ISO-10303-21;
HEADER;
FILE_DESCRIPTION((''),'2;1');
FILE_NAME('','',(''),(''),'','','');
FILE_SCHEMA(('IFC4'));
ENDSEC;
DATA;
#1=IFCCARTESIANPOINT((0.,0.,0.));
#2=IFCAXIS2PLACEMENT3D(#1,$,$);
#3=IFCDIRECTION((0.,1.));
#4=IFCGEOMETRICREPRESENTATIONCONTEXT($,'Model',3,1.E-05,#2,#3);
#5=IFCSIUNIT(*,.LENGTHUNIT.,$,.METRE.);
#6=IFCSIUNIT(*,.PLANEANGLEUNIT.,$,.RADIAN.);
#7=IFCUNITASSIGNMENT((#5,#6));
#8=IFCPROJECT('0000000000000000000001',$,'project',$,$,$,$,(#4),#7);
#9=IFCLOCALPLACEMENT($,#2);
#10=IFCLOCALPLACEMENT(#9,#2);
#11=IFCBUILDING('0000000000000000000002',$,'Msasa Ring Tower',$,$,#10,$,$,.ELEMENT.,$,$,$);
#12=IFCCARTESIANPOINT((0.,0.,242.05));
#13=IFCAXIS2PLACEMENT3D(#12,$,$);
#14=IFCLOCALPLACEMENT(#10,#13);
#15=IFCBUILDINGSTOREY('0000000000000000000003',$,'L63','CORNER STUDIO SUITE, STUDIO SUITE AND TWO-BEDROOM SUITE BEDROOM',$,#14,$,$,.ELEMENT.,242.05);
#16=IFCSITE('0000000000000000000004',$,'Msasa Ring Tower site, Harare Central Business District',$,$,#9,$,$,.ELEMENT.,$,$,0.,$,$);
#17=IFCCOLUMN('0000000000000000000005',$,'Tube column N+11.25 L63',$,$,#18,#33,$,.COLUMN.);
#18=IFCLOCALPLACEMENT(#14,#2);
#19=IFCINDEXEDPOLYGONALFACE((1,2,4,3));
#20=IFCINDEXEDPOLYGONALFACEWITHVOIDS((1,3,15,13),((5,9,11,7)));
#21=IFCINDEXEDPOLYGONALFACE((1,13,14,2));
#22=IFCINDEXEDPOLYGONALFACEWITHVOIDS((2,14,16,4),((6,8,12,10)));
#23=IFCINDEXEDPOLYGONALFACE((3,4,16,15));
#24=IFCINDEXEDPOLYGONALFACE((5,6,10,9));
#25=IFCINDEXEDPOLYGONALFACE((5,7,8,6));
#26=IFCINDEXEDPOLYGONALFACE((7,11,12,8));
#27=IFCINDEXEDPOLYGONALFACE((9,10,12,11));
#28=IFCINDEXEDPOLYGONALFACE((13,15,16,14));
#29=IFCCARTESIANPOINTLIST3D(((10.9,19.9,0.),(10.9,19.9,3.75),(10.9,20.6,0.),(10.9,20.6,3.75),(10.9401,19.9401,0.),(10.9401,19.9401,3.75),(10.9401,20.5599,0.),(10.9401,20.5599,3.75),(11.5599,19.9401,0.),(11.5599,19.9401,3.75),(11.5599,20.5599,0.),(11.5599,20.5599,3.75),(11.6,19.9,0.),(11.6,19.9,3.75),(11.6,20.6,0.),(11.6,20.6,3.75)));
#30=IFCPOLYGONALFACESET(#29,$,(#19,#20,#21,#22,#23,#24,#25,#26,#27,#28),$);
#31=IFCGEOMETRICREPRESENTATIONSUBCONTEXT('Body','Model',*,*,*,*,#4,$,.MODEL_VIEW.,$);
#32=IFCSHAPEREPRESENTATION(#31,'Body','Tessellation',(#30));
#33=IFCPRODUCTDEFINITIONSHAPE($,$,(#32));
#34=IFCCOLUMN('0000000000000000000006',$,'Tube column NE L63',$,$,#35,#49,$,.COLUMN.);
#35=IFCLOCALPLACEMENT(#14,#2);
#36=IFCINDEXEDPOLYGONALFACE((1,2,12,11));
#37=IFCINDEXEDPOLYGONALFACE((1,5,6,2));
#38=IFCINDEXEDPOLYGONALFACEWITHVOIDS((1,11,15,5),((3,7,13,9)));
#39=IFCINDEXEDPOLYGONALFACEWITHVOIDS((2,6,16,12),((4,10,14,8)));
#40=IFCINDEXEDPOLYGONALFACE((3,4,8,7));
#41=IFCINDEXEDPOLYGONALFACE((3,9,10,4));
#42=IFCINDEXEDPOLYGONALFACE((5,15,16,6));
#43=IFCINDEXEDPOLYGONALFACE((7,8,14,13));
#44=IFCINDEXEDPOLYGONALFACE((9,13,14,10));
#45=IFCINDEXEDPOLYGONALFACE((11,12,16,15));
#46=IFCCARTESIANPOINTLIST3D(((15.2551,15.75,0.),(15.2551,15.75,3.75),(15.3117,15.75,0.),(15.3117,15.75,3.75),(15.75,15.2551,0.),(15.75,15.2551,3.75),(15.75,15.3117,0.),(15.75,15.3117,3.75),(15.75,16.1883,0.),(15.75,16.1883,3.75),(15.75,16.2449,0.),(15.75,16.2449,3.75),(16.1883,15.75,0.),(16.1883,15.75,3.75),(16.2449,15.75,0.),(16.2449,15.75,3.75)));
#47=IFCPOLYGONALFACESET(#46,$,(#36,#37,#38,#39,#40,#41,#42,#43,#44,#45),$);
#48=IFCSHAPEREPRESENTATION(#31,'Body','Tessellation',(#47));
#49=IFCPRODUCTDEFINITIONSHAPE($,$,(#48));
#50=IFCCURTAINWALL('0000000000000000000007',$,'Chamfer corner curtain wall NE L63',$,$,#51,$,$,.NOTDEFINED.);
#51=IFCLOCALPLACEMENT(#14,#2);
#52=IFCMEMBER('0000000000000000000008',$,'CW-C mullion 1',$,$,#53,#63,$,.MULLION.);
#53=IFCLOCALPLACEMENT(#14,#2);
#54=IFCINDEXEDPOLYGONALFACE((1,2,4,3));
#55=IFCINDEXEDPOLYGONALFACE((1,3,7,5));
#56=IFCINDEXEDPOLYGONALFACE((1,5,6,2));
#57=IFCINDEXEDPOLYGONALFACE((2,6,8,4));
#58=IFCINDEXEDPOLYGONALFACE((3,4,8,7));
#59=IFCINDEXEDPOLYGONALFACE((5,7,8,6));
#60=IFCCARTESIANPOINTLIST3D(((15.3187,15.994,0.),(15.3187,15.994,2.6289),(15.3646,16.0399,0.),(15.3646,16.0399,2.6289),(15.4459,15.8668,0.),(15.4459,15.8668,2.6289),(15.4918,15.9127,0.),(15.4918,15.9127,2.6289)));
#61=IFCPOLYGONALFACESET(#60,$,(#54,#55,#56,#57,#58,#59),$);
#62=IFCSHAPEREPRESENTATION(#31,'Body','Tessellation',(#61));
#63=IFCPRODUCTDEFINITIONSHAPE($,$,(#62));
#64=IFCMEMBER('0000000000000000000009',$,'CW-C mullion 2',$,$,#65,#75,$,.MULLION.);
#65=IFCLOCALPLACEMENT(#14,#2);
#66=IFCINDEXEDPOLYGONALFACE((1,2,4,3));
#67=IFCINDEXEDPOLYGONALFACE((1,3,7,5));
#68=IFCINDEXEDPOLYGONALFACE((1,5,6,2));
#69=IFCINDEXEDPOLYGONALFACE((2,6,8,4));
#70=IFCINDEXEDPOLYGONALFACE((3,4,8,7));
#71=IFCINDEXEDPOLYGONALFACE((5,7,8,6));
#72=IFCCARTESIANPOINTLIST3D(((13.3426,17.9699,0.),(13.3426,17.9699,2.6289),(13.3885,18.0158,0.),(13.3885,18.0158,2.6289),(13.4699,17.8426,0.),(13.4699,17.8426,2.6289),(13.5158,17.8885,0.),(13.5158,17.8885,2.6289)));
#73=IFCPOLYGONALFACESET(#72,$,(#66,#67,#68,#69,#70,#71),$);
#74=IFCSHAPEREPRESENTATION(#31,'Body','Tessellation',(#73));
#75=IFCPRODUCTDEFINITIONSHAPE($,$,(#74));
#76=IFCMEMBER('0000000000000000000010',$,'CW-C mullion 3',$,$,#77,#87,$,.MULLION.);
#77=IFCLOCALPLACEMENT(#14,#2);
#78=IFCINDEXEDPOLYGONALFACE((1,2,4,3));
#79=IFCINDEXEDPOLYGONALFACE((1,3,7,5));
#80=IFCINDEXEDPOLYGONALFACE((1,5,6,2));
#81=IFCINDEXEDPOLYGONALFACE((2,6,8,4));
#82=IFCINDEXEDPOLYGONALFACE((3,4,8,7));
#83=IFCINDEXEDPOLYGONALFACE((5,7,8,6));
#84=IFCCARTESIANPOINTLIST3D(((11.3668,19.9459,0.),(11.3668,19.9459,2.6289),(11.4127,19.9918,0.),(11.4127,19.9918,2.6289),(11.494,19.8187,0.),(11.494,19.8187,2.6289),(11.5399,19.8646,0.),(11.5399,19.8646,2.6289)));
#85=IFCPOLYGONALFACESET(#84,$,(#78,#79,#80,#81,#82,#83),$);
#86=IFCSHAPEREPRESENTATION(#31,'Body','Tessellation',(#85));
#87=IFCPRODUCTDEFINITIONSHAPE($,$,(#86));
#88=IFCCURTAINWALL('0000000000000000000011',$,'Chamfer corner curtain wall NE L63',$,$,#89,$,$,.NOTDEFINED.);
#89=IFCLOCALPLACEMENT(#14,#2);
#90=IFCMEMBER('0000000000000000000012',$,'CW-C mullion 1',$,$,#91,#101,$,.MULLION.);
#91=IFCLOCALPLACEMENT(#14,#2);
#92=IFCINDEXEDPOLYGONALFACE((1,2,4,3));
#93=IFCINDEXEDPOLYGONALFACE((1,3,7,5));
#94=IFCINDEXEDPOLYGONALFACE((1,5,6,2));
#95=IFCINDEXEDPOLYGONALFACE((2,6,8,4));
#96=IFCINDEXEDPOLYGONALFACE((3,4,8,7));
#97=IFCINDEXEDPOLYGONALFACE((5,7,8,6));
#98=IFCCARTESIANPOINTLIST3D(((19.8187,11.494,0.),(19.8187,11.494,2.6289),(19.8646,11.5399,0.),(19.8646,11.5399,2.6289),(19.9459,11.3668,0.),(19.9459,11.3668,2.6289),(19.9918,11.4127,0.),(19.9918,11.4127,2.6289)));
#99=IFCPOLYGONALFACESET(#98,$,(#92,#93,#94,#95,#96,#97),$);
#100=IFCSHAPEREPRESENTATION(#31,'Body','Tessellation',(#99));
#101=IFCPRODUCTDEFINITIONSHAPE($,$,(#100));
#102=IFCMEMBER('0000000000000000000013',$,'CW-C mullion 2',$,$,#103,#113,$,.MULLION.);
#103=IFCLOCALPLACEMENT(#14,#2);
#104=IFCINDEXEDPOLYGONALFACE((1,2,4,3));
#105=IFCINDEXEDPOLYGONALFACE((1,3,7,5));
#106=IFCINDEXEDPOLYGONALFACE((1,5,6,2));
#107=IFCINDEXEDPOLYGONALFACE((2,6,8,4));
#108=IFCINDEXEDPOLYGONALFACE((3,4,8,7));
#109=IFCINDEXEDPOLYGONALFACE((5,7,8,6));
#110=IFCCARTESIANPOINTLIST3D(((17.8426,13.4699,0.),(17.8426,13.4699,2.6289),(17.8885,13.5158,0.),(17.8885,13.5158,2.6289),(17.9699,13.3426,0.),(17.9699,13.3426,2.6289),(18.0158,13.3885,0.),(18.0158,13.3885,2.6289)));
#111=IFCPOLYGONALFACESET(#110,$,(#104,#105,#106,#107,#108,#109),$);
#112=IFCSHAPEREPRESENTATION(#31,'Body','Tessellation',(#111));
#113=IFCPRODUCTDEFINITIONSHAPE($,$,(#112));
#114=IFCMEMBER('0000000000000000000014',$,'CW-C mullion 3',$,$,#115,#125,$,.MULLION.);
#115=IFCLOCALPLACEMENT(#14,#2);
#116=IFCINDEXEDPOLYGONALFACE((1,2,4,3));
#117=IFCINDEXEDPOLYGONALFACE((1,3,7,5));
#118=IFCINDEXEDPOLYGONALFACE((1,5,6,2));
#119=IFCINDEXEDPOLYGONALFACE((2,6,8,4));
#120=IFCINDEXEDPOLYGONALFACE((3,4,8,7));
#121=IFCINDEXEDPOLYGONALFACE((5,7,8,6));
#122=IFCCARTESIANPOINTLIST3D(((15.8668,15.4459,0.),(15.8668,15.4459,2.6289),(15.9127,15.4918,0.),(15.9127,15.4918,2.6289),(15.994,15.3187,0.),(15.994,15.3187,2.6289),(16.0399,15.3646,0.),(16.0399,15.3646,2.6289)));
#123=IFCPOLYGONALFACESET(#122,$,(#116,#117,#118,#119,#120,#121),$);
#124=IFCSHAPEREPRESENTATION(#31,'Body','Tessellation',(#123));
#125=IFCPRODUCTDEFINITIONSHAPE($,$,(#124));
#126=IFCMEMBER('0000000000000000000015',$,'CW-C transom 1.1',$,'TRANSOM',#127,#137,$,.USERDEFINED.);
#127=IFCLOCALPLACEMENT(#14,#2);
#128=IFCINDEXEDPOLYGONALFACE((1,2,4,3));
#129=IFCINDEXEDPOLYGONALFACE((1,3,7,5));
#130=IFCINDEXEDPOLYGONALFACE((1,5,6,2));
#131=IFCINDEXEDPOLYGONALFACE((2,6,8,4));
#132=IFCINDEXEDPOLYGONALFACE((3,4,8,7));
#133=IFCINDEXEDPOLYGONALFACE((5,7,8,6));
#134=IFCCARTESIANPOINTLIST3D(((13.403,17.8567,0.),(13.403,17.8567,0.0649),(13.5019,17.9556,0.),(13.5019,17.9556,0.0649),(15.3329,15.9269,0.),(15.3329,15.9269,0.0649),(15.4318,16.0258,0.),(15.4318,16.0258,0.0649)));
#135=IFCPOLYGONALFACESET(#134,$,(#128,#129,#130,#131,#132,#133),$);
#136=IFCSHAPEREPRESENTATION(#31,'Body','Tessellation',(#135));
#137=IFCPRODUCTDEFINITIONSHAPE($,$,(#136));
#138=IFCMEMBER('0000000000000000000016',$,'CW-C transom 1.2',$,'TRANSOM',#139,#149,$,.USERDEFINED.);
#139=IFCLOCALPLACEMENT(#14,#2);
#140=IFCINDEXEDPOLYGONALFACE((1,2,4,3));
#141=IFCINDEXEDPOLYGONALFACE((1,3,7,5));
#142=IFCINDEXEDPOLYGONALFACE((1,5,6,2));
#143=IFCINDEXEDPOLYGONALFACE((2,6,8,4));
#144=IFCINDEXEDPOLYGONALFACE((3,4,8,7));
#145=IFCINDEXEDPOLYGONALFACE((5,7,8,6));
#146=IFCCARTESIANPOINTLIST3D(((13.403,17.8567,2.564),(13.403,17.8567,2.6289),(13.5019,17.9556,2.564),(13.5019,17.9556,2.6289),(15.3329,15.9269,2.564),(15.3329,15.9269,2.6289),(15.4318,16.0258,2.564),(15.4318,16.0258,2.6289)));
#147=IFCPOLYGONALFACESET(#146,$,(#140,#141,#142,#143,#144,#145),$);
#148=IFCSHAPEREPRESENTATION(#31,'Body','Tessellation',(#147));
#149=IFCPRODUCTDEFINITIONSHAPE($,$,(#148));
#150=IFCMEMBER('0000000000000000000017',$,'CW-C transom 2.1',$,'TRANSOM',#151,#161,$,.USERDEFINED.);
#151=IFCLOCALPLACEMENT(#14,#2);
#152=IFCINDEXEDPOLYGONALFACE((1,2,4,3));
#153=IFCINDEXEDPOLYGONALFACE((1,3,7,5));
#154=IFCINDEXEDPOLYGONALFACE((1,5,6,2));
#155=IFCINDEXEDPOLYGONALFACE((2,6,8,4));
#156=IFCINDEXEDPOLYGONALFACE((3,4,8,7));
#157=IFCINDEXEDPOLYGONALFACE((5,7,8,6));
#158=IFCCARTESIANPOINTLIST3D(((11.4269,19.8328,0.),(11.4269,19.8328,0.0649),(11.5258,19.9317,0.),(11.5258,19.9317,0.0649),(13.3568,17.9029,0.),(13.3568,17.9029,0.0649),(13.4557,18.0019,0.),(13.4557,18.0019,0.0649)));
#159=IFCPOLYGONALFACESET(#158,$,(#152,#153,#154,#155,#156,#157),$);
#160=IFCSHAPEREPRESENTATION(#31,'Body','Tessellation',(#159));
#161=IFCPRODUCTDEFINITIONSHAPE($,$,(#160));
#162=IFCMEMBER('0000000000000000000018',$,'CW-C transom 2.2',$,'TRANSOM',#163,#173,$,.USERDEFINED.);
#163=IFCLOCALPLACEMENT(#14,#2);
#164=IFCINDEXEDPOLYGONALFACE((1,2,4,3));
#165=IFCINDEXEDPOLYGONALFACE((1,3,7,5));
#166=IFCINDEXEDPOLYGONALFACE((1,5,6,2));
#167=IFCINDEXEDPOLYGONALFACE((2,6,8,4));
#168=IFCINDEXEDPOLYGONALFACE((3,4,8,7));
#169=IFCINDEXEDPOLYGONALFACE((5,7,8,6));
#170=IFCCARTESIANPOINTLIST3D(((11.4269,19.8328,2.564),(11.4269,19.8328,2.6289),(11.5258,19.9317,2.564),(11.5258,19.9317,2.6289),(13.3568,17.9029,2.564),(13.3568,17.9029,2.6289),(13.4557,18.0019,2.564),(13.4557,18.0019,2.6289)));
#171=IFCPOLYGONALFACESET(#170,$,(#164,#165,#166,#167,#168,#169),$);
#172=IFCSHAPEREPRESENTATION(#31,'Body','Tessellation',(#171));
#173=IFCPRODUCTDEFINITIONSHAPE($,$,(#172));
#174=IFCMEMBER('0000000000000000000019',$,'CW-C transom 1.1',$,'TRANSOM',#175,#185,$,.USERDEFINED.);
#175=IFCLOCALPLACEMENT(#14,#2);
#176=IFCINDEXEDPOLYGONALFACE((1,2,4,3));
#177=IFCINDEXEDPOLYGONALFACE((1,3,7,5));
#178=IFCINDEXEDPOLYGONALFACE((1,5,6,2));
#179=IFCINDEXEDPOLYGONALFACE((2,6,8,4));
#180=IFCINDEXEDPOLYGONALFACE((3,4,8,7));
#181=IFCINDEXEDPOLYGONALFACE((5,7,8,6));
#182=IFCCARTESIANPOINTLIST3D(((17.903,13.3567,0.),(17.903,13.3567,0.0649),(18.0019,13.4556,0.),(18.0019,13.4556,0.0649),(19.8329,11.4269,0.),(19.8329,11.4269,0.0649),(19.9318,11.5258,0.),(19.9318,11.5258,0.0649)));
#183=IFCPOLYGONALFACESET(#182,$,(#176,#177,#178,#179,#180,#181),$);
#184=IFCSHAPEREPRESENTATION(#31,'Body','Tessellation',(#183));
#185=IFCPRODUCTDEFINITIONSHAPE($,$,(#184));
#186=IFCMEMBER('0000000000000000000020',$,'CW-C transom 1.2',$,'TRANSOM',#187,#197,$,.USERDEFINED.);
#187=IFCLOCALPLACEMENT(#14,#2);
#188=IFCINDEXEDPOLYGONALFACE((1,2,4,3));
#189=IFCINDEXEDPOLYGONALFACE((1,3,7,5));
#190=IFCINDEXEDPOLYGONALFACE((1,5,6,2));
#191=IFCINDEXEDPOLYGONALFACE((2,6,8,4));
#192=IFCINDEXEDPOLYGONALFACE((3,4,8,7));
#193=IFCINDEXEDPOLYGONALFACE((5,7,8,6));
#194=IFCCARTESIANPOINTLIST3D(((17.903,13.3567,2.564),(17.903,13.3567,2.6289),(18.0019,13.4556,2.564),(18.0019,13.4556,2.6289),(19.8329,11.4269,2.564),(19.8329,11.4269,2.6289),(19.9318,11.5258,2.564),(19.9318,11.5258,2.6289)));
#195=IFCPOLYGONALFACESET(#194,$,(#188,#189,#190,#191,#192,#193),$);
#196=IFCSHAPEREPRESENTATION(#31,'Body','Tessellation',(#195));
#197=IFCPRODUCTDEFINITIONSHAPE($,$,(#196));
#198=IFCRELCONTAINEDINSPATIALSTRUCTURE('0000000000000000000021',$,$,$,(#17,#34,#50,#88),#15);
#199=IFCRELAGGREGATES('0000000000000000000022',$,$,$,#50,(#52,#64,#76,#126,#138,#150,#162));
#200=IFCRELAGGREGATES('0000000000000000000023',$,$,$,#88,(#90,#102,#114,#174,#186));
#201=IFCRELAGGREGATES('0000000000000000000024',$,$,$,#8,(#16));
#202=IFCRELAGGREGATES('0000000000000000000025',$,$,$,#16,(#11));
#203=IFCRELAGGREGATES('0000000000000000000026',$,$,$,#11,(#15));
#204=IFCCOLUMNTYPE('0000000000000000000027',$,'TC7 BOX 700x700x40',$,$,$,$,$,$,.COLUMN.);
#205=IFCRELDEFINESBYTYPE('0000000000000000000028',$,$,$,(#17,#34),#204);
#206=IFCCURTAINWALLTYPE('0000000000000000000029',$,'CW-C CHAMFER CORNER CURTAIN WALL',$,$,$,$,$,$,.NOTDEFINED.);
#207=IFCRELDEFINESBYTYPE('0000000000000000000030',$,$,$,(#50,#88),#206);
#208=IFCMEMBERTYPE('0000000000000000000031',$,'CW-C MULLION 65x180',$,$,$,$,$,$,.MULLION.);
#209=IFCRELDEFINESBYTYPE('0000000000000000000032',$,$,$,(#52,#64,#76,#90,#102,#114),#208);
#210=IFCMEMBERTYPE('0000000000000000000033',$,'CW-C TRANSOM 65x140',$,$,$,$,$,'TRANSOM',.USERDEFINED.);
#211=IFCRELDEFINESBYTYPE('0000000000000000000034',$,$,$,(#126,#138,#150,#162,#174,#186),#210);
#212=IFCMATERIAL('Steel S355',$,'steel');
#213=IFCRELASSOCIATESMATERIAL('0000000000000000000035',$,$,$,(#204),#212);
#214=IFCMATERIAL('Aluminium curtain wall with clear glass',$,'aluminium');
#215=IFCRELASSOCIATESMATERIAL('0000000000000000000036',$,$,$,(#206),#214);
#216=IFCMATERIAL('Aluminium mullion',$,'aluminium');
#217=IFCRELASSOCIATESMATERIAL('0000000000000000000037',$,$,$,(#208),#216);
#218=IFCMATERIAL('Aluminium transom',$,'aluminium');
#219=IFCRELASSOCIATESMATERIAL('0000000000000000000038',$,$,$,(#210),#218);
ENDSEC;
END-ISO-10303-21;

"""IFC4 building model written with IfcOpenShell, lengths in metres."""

from ifc_helpers import new_model, si_unit, direction, frame, origin, origin_2d, place, context, subcontext, project, spatial, rectangle, hollow_rectangle, extrude, material, material_profile, profile_set, type_object, element, aggregate, save


model = new_model("IFC4")

# Units and contexts
model_context = context("Model", 3, precision=1e-05, world=origin(), true_north=direction((0.0, 1.0)))
body_context = subcontext(model_context, "Body", "Model", "MODEL_VIEW")
ifc_project = project(units=[si_unit("LENGTHUNIT", "METRE"), si_unit("PLANEANGLEUNIT", "RADIAN")], contexts=[model_context])

# Site, building, storey
site_placement = place(None, origin())
site = spatial("IfcSite", under=ifc_project, at=site_placement, Name="Msasa Ring Tower site, Harare Central Business District", CompositionType="ELEMENT", RefElevation=0.0)
building_placement = place(site_placement, origin())
building = spatial("IfcBuilding", under=site, at=building_placement, Name="Msasa Ring Tower", CompositionType="ELEMENT")
storey_placement = place(building_placement, frame((0.0, 0.0, 242.05)))
storey = spatial("IfcBuildingStorey", under=building, at=storey_placement, Name="L63", Description="CORNER STUDIO SUITE, STUDIO SUITE AND TWO-BEDROOM SUITE BEDROOM", CompositionType="ELEMENT", Elevation=242.05)

# Columns
ifc_material_1 = material(Name="Steel S355", Category="steel")
ifc_material_profile_1 = material_profile(ifc_material_1, hollow_rectangle(XDim=0.7, YDim=0.7, WallThickness=0.04, at=origin_2d()), Name="BOX 700x700x40")
ifc_profile_set_1 = profile_set([ifc_material_profile_1], Name="Steel S355")
column_type = type_object("IfcColumnType", Name="TC7 BOX 700x700x40", PredefinedType="COLUMN", material=ifc_profile_set_1)
for number, where, z_axis, x_axis, name in (
    (1, (11.25, 20.25, 0.0), (0.0, 0.0, 1.0), (0.0, 1.0, 0.0), "Tube column N+11.25 L63"),
    (2, (15.75, 15.75, 0.0), (0.0, 0.0, 1.0), (0.707107, 0.707107, 0.0), "Tube column NE L63"),
):
    element("IfcColumn", number, at=place(storey_placement, frame(where, z_axis=z_axis, x_axis=x_axis)), inside=storey, type_object=column_type, Name=name, PredefinedType="COLUMN", context=body_context, shape_type="SweptSolid", body=[
        extrude(hollow_rectangle(XDim=0.7, YDim=0.7, WallThickness=0.04, at=origin_2d()), origin(), (0.0, 0.0, 1.0), 3.75),
    ])

# Curtain walls, members
ifc_material_2 = material(Name="Aluminium curtain wall with clear glass", Category="aluminium")
curtain_wall_type = type_object("IfcCurtainWallType", Name="CW-C CHAMFER CORNER CURTAIN WALL", PredefinedType="NOTDEFINED", material=ifc_material_2)
curtain_wall_1_placement = place(storey_placement, origin())
curtain_wall_1 = element("IfcCurtainWall", 3, at=curtain_wall_1_placement, inside=storey, type_object=curtain_wall_type, Name="Chamfer corner curtain wall NE L63", PredefinedType="NOTDEFINED")
ifc_material_3 = material(Name="Aluminium mullion", Category="aluminium")
ifc_material_profile_2 = material_profile(ifc_material_3, rectangle(XDim=0.0649, YDim=0.1799, at=origin_2d()), Name="AL 65x180")
ifc_profile_set_2 = profile_set([ifc_material_profile_2], Name="Aluminium mullion")
member_type_1 = type_object("IfcMemberType", Name="CW-C MULLION 65x180", PredefinedType="MULLION", material=ifc_profile_set_2)
member_1_placement = place(storey_placement, frame((15.4053, 15.9534, 0.0), z_axis=(0.0, 0.0, 1.0), x_axis=(-0.707107, -0.707107, 0.0)))
member_1 = element("IfcMember", 4, at=member_1_placement, type_object=member_type_1, Name="CW-C mullion 1", PredefinedType="MULLION", context=body_context, shape_type="SweptSolid", body=[
    extrude(rectangle(XDim=0.0649, YDim=0.1799, at=origin_2d()), origin(), (0.0, 0.0, 1.0), 2.6289),
])
member_2_placement = place(storey_placement, frame((13.4292, 17.9292, 0.0), z_axis=(0.0, 0.0, 1.0), x_axis=(-0.707107, -0.707107, 0.0)))
member_2 = element("IfcMember", 5, at=member_2_placement, type_object=member_type_1, Name="CW-C mullion 2", PredefinedType="MULLION", context=body_context, shape_type="SweptSolid", body=[
    extrude(rectangle(XDim=0.0649, YDim=0.1799, at=origin_2d()), origin(), (0.0, 0.0, 1.0), 2.6289),
])
member_3_placement = place(storey_placement, frame((11.4534, 19.9053, 0.0), z_axis=(0.0, 0.0, 1.0), x_axis=(-0.707107, -0.707107, 0.0)))
member_3 = element("IfcMember", 6, at=member_3_placement, type_object=member_type_1, Name="CW-C mullion 3", PredefinedType="MULLION", context=body_context, shape_type="SweptSolid", body=[
    extrude(rectangle(XDim=0.0649, YDim=0.1799, at=origin_2d()), origin(), (0.0, 0.0, 1.0), 2.6289),
])
curtain_wall_2_placement = place(storey_placement, origin())
curtain_wall_2 = element("IfcCurtainWall", 7, at=curtain_wall_2_placement, inside=storey, type_object=curtain_wall_type, Name="Chamfer corner curtain wall NE L63", PredefinedType="NOTDEFINED")
member_4_placement = place(storey_placement, frame((19.9053, 11.4534, 0.0), z_axis=(0.0, 0.0, 1.0), x_axis=(-0.707107, -0.707107, 0.0)))
member_4 = element("IfcMember", 8, at=member_4_placement, type_object=member_type_1, Name="CW-C mullion 1", PredefinedType="MULLION", context=body_context, shape_type="SweptSolid", body=[
    extrude(rectangle(XDim=0.0649, YDim=0.1799, at=origin_2d()), origin(), (0.0, 0.0, 1.0), 2.6289),
])
member_5_placement = place(storey_placement, frame((17.9292, 13.4292, 0.0), z_axis=(0.0, 0.0, 1.0), x_axis=(-0.707107, -0.707107, 0.0)))
member_5 = element("IfcMember", 9, at=member_5_placement, type_object=member_type_1, Name="CW-C mullion 2", PredefinedType="MULLION", context=body_context, shape_type="SweptSolid", body=[
    extrude(rectangle(XDim=0.0649, YDim=0.1799, at=origin_2d()), origin(), (0.0, 0.0, 1.0), 2.6289),
])
member_6_placement = place(storey_placement, frame((15.9534, 15.4053, 0.0), z_axis=(0.0, 0.0, 1.0), x_axis=(-0.707107, -0.707107, 0.0)))
member_6 = element("IfcMember", 10, at=member_6_placement, type_object=member_type_1, Name="CW-C mullion 3", PredefinedType="MULLION", context=body_context, shape_type="SweptSolid", body=[
    extrude(rectangle(XDim=0.0649, YDim=0.1799, at=origin_2d()), origin(), (0.0, 0.0, 1.0), 2.6289),
])

# Members
ifc_material_4 = material(Name="Aluminium transom", Category="aluminium")
ifc_material_profile_3 = material_profile(ifc_material_4, rectangle(XDim=0.1399, YDim=0.0649, at=origin_2d()), Name="AL 65x140")
ifc_profile_set_3 = profile_set([ifc_material_profile_3], Name="Aluminium transom")
member_type_2 = type_object("IfcMemberType", Name="CW-C TRANSOM 65x140", ElementType="TRANSOM", PredefinedType="USERDEFINED", material=ifc_profile_set_3)
member_7_placement = place(storey_placement, frame((15.3823, 15.9763, 0.0325), z_axis=(-0.707107, 0.707107, 0.0), x_axis=(-0.707107, -0.707107, 0.0)))
member_7 = element("IfcMember", 11, at=member_7_placement, type_object=member_type_2, Name="CW-C transom 1.1", ObjectType="TRANSOM", PredefinedType="USERDEFINED", context=body_context, shape_type="SweptSolid", body=[
    extrude(rectangle(XDim=0.1399, YDim=0.0649, at=origin_2d()), origin(), (0.0, 0.0, 1.0), 2.7292),
])
member_8_placement = place(storey_placement, frame((15.3823, 15.9763, 2.5964), z_axis=(-0.707107, 0.707107, 0.0), x_axis=(-0.707107, -0.707107, 0.0)))
member_8 = element("IfcMember", 12, at=member_8_placement, type_object=member_type_2, Name="CW-C transom 1.2", ObjectType="TRANSOM", PredefinedType="USERDEFINED", context=body_context, shape_type="SweptSolid", body=[
    extrude(rectangle(XDim=0.1399, YDim=0.0649, at=origin_2d()), origin(), (0.0, 0.0, 1.0), 2.7292),
])
member_9_placement = place(storey_placement, frame((13.4062, 17.9524, 0.0325), z_axis=(-0.707107, 0.707107, 0.0), x_axis=(-0.707107, -0.707107, 0.0)))
member_9 = element("IfcMember", 13, at=member_9_placement, type_object=member_type_2, Name="CW-C transom 2.1", ObjectType="TRANSOM", PredefinedType="USERDEFINED", context=body_context, shape_type="SweptSolid", body=[
    extrude(rectangle(XDim=0.1399, YDim=0.0649, at=origin_2d()), origin(), (0.0, 0.0, 1.0), 2.7292),
])
member_10_placement = place(storey_placement, frame((13.4062, 17.9524, 2.5964), z_axis=(-0.707107, 0.707107, 0.0), x_axis=(-0.707107, -0.707107, 0.0)))
member_10 = element("IfcMember", 14, at=member_10_placement, type_object=member_type_2, Name="CW-C transom 2.2", ObjectType="TRANSOM", PredefinedType="USERDEFINED", context=body_context, shape_type="SweptSolid", body=[
    extrude(rectangle(XDim=0.1399, YDim=0.0649, at=origin_2d()), origin(), (0.0, 0.0, 1.0), 2.7292),
])
member_11_placement = place(storey_placement, frame((19.8823, 11.4763, 0.0325), z_axis=(-0.707107, 0.707107, 0.0), x_axis=(-0.707107, -0.707107, 0.0)))
member_11 = element("IfcMember", 15, at=member_11_placement, type_object=member_type_2, Name="CW-C transom 1.1", ObjectType="TRANSOM", PredefinedType="USERDEFINED", context=body_context, shape_type="SweptSolid", body=[
    extrude(rectangle(XDim=0.1399, YDim=0.0649, at=origin_2d()), origin(), (0.0, 0.0, 1.0), 2.7292),
])
member_12_placement = place(storey_placement, frame((19.8823, 11.4763, 2.5964), z_axis=(-0.707107, 0.707107, 0.0), x_axis=(-0.707107, -0.707107, 0.0)))
member_12 = element("IfcMember", 16, at=member_12_placement, type_object=member_type_2, Name="CW-C transom 1.2", ObjectType="TRANSOM", PredefinedType="USERDEFINED", context=body_context, shape_type="SweptSolid", body=[
    extrude(rectangle(XDim=0.1399, YDim=0.0649, at=origin_2d()), origin(), (0.0, 0.0, 1.0), 2.7292),
])

aggregate(curtain_wall_1, [member_1, member_2, member_3, member_7, member_8, member_9, member_10])
aggregate(curtain_wall_2, [member_4, member_5, member_6, member_11, member_12])

save(model, "model.ifc")
